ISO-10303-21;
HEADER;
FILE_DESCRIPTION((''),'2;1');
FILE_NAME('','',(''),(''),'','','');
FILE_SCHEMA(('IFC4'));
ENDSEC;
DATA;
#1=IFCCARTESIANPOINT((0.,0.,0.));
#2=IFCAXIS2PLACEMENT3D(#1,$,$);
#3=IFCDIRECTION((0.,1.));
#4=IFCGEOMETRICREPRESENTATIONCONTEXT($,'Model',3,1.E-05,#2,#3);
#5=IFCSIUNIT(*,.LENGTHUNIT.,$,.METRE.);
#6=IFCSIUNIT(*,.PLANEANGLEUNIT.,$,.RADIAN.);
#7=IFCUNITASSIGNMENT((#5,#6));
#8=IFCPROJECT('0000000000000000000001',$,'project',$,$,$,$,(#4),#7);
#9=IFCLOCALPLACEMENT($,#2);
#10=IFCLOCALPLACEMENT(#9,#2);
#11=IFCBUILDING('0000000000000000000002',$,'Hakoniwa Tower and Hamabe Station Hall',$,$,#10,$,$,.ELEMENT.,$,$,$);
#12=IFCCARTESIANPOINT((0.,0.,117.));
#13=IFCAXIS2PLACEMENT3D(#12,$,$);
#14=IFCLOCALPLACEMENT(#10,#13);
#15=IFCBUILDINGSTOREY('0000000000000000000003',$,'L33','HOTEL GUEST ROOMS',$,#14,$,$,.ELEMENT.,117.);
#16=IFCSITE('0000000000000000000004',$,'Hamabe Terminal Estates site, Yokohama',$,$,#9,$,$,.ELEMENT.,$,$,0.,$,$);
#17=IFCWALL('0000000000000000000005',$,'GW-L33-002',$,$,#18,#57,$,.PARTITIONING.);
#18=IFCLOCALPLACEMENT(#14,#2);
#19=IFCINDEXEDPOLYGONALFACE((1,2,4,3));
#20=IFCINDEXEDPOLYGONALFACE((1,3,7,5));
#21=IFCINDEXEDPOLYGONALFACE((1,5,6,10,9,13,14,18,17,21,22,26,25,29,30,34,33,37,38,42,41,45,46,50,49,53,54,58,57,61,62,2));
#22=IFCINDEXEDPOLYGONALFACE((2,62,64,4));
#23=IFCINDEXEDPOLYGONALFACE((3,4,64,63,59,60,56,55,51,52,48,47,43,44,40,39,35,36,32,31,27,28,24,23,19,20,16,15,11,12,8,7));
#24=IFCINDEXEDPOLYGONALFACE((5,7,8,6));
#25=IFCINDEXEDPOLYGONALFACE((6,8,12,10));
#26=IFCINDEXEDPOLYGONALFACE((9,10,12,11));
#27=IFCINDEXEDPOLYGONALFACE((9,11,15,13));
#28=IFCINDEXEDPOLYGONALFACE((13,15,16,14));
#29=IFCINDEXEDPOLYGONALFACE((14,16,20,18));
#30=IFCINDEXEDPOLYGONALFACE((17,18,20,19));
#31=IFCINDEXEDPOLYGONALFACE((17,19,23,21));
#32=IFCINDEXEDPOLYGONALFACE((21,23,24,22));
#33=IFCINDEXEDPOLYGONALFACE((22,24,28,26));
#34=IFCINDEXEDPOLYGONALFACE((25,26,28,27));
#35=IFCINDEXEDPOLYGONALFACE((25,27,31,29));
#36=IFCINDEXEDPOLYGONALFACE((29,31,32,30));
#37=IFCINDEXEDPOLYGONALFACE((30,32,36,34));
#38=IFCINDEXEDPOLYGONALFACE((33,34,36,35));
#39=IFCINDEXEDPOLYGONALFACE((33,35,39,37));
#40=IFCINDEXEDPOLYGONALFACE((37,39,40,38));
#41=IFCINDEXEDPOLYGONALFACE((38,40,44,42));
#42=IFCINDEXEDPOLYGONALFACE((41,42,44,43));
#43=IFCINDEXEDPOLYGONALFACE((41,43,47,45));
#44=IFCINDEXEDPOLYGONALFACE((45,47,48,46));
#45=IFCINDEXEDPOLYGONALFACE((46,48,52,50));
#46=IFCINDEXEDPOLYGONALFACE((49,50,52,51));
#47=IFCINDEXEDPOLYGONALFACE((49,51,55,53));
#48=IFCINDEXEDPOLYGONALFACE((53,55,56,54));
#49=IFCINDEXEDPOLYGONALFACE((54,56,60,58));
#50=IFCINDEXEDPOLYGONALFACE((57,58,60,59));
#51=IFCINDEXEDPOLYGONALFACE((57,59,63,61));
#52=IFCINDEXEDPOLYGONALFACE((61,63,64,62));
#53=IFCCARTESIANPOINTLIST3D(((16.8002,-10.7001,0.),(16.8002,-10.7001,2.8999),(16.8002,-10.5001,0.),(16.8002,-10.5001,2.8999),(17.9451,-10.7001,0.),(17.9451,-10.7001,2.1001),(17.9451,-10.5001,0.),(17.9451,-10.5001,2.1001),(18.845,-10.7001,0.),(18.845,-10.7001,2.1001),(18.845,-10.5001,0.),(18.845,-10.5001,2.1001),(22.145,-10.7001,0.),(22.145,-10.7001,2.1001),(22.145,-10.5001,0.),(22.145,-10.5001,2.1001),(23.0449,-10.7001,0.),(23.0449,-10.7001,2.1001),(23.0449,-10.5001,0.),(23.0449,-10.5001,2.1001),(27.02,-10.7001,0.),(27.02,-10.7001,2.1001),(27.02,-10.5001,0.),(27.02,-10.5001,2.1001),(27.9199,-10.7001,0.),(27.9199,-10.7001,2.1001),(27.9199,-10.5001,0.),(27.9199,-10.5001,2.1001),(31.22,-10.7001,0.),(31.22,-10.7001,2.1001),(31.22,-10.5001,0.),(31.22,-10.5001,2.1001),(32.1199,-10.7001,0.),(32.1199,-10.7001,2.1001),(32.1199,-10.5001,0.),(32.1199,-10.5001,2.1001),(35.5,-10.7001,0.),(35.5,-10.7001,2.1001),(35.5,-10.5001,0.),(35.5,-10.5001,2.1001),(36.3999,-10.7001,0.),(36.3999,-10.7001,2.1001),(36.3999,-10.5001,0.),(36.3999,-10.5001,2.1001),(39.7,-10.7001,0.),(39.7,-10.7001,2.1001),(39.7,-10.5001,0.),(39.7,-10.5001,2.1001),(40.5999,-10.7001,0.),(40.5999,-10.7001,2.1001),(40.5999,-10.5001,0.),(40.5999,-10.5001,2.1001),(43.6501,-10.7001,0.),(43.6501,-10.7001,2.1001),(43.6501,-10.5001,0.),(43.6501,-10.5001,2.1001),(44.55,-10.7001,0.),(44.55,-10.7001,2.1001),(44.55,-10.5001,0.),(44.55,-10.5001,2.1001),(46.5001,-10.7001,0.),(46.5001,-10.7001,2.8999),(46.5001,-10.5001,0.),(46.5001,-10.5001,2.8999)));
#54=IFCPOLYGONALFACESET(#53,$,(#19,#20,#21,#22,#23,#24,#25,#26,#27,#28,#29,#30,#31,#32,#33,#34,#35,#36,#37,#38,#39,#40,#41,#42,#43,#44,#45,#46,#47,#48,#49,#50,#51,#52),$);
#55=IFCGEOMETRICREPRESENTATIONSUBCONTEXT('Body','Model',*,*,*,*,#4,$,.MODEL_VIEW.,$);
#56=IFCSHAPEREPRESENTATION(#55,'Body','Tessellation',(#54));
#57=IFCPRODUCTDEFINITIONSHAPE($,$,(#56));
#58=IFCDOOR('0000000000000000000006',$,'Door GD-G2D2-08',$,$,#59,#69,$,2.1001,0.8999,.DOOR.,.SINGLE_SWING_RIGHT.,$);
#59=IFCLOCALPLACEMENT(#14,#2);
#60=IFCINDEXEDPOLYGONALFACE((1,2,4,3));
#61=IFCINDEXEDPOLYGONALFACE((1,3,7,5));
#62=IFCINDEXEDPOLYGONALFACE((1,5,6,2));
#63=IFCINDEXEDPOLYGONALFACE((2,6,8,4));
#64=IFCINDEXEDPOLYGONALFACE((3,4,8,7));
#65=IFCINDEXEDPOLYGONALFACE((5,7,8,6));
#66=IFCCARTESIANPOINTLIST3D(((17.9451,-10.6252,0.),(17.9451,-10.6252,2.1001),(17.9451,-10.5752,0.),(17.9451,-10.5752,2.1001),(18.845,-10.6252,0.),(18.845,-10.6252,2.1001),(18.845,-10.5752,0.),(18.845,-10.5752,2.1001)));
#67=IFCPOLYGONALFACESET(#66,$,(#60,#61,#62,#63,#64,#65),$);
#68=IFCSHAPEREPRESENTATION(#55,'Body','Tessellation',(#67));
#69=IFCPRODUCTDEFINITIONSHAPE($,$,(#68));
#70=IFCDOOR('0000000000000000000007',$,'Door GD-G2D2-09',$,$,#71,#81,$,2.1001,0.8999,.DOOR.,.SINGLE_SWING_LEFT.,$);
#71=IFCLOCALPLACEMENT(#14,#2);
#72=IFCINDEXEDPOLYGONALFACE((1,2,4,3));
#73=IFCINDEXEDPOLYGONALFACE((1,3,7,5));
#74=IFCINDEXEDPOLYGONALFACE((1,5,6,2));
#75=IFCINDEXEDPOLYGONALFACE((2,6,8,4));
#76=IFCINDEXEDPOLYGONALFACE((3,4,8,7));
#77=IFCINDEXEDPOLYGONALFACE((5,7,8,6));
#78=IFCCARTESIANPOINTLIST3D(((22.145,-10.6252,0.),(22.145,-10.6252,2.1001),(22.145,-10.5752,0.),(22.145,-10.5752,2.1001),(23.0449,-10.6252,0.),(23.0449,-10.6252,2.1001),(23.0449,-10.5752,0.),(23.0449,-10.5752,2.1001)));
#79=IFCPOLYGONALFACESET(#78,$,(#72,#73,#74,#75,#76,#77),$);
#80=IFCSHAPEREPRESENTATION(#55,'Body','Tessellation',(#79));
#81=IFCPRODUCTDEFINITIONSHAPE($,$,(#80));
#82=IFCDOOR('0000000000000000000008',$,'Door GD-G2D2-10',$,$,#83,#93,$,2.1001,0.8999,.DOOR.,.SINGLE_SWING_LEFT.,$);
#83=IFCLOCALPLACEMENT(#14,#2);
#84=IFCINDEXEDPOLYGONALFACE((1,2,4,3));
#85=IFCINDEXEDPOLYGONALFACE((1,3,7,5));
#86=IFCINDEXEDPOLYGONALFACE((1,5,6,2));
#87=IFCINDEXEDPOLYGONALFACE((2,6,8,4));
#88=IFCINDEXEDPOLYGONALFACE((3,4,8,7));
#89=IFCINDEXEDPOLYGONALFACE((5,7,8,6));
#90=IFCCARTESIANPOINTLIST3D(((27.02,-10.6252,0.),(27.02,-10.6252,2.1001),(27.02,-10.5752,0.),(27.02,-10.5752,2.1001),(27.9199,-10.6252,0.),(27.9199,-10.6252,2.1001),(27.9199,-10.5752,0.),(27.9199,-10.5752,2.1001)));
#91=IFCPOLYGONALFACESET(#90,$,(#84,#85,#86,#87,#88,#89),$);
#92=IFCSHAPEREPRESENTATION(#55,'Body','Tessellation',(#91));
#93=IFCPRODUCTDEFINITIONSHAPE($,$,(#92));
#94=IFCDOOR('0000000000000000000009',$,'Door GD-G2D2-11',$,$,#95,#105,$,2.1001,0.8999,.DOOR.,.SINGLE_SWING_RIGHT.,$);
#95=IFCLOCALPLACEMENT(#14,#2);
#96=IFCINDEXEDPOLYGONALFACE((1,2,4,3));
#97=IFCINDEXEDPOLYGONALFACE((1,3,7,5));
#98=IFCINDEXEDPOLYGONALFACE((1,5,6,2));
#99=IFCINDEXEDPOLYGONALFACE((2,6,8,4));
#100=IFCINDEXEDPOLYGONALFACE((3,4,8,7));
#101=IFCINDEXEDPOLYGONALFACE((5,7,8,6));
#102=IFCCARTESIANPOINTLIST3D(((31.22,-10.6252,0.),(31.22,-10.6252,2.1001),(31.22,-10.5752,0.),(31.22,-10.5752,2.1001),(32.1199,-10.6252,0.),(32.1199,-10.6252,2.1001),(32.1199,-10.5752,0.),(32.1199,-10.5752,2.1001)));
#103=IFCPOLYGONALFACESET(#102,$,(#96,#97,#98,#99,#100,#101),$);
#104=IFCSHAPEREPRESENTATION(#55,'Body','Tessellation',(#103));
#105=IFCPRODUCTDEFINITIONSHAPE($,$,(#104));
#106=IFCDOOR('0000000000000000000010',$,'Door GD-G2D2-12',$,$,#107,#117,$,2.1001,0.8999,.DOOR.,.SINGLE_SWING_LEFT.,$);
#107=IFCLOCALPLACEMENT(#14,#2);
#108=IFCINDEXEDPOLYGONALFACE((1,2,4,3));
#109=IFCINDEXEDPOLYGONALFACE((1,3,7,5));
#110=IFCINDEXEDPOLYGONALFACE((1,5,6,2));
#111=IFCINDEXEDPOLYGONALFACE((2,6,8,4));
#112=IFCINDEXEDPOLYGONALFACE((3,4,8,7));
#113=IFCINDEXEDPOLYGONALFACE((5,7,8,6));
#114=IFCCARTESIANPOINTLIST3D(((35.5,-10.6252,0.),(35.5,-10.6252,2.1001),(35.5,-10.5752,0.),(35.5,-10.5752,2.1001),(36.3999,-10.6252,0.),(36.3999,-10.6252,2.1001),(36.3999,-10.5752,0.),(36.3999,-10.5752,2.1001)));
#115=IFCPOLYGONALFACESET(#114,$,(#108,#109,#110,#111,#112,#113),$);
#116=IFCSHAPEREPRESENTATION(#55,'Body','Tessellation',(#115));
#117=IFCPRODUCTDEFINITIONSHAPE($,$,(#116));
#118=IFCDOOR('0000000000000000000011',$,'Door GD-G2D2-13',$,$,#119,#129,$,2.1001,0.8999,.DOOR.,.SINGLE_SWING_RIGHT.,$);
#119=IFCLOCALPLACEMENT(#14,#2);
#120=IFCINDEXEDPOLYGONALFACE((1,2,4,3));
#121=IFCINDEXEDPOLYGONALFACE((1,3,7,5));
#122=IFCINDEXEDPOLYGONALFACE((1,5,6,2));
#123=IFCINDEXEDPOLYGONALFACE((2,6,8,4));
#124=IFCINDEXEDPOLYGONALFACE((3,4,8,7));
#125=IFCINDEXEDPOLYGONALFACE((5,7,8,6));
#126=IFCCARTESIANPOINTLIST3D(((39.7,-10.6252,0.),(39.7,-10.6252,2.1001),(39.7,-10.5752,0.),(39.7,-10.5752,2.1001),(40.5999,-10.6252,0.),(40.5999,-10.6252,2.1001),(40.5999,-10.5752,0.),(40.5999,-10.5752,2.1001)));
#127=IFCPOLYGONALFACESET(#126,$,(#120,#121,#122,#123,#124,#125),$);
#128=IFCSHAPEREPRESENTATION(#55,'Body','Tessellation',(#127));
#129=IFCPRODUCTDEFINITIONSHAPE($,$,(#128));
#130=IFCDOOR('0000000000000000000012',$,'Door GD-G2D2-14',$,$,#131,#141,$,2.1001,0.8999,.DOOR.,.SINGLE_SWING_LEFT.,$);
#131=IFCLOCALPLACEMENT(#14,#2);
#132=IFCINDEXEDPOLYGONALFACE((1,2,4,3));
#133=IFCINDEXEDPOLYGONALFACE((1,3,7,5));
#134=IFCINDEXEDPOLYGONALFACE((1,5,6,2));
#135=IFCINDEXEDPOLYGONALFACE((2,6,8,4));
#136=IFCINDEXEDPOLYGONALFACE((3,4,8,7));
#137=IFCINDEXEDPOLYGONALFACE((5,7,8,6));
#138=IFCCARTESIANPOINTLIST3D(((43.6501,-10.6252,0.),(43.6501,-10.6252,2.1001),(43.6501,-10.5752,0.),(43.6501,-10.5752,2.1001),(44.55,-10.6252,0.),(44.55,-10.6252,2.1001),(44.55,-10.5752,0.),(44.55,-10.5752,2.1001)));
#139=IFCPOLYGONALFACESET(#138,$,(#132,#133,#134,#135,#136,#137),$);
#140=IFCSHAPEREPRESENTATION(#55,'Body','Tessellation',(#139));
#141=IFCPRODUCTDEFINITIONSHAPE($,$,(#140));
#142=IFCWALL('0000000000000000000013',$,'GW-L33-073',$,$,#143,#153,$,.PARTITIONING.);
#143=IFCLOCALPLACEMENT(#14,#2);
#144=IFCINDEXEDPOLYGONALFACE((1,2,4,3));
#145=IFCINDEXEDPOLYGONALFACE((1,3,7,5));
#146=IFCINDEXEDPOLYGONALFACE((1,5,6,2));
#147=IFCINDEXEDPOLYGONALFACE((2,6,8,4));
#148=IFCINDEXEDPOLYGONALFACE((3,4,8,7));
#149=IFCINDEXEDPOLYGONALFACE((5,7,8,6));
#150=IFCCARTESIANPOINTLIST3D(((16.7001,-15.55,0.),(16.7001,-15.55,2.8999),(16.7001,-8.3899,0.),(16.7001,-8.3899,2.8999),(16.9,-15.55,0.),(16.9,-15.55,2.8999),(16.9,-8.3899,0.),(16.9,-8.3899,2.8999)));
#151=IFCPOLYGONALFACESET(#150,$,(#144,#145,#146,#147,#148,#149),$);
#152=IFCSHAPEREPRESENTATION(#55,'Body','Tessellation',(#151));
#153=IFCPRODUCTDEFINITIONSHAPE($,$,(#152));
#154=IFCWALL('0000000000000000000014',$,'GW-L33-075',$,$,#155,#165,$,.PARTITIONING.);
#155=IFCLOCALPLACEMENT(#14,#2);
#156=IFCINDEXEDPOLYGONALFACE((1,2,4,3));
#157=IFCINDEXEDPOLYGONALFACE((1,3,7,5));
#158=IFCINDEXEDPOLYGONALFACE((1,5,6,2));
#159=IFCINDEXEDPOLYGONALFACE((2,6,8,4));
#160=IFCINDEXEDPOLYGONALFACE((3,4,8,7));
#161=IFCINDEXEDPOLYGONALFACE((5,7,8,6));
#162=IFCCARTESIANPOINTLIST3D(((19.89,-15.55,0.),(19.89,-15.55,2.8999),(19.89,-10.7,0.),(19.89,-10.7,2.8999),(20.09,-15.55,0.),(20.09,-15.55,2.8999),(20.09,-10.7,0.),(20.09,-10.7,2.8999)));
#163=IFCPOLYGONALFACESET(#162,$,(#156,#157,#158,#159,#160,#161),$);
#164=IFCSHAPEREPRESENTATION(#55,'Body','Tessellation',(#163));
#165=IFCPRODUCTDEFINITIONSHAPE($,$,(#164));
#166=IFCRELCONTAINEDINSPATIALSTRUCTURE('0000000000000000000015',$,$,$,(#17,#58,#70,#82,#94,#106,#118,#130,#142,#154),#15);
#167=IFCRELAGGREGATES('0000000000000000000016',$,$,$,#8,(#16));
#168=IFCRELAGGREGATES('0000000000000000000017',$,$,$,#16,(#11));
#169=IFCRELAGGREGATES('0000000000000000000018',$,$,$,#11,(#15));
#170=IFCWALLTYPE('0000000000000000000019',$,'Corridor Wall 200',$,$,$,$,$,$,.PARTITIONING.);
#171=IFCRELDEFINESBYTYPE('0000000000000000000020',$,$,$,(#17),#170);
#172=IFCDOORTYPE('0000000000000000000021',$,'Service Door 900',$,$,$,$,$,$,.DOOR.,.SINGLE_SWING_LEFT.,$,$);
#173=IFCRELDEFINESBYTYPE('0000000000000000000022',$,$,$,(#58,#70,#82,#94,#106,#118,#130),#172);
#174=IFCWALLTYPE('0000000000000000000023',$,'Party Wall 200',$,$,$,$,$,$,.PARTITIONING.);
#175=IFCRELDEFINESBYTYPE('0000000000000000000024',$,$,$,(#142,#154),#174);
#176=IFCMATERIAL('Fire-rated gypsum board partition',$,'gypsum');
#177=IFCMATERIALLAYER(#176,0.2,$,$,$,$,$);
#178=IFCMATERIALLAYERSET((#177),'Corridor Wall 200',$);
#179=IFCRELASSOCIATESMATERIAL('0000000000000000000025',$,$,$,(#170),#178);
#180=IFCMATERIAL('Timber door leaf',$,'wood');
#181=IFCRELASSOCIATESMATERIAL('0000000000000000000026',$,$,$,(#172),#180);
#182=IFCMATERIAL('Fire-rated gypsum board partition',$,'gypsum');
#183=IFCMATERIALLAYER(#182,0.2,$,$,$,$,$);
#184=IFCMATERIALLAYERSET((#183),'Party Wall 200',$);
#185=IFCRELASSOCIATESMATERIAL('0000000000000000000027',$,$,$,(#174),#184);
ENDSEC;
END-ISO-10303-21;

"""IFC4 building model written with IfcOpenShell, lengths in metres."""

from ifc_helpers import new_model, si_unit, direction, frame, frame_2d, origin, place, context, subcontext, project, spatial, rectangle, extrude, material, layer, layer_set, type_object, element, fill, save


model = new_model("IFC4")

# Units and contexts
model_context = context("Model", 3, precision=1e-05, world=origin(), true_north=direction((0.0, 1.0)))
body_context = subcontext(model_context, "Body", "Model", "MODEL_VIEW")
ifc_project = project(units=[si_unit("LENGTHUNIT", "METRE"), si_unit("PLANEANGLEUNIT", "RADIAN")], contexts=[model_context])

# Site, building, storey
site_placement = place(None, origin())
site = spatial("IfcSite", under=ifc_project, at=site_placement, Name="Hamabe Terminal Estates site, Yokohama", CompositionType="ELEMENT", RefElevation=0.0)
building_placement = place(site_placement, origin())
building = spatial("IfcBuilding", under=site, at=building_placement, Name="Hakoniwa Tower and Hamabe Station Hall", CompositionType="ELEMENT")
storey_placement = place(building_placement, frame((0.0, 0.0, 117.0)))
storey = spatial("IfcBuildingStorey", under=building, at=storey_placement, Name="L33", Description="HOTEL GUEST ROOMS", CompositionType="ELEMENT", Elevation=117.0)

# Wall, openings, doors
ifc_material_1 = material(Name="Fire-rated gypsum board partition", Category="gypsum")
ifc_layer_1 = layer(ifc_material_1, 0.2)
ifc_layer_set_1 = layer_set([ifc_layer_1], Name="Corridor Wall 200")
wall_type_1 = type_object("IfcWallType", Name="Corridor Wall 200", PredefinedType="PARTITIONING", material=ifc_layer_set_1)
wall_1_placement = place(storey_placement, frame((16.8, -10.6001, 0.0), z_axis=(0.0, 0.0, 1.0), x_axis=(1.0, 0.0, 0.0)))
wall_1 = element("IfcWall", 1, at=wall_1_placement, inside=storey, type_object=wall_type_1, Name="GW-L33-002", PredefinedType="PARTITIONING", context=body_context, shape_type="SweptSolid", body=[
    extrude(rectangle(XDim=29.7, YDim=0.2, at=frame_2d((14.8501, 0.0))), origin(), (0.0, 0.0, 1.0), 2.8999),
])
opening_1_placement = place(wall_1_placement, frame((1.145, 0.0, 0.0)))
opening_1 = element("IfcOpeningElement", 2, at=opening_1_placement, cuts=wall_1, PredefinedType="OPENING", context=body_context, shape_type="SweptSolid", body=[
    extrude(rectangle(XDim=0.8999, YDim=2.1001, at=frame_2d((0.45, 1.05))), frame((0.0, 0.1099, 0.0), z_axis=(0.0, -1.0, 0.0), x_axis=(1.0, 0.0, 0.0)), (0.0, 0.0, 1.0), 0.22),
])
opening_2_placement = place(wall_1_placement, frame((5.345, 0.0, 0.0)))
opening_2 = element("IfcOpeningElement", 3, at=opening_2_placement, cuts=wall_1, PredefinedType="OPENING", context=body_context, shape_type="SweptSolid", body=[
    extrude(rectangle(XDim=0.8999, YDim=2.1001, at=frame_2d((0.45, 1.05))), frame((0.0, 0.1099, 0.0), z_axis=(0.0, -1.0, 0.0), x_axis=(1.0, 0.0, 0.0)), (0.0, 0.0, 1.0), 0.22),
])
opening_3_placement = place(wall_1_placement, frame((10.22, 0.0, 0.0)))
opening_3 = element("IfcOpeningElement", 4, at=opening_3_placement, cuts=wall_1, PredefinedType="OPENING", context=body_context, shape_type="SweptSolid", body=[
    extrude(rectangle(XDim=0.8999, YDim=2.1001, at=frame_2d((0.45, 1.05))), frame((0.0, 0.1099, 0.0), z_axis=(0.0, -1.0, 0.0), x_axis=(1.0, 0.0, 0.0)), (0.0, 0.0, 1.0), 0.22),
])
opening_4_placement = place(wall_1_placement, frame((14.4199, 0.0, 0.0)))
opening_4 = element("IfcOpeningElement", 5, at=opening_4_placement, cuts=wall_1, PredefinedType="OPENING", context=body_context, shape_type="SweptSolid", body=[
    extrude(rectangle(XDim=0.8999, YDim=2.1001, at=frame_2d((0.45, 1.05))), frame((0.0, 0.1099, 0.0), z_axis=(0.0, -1.0, 0.0), x_axis=(1.0, 0.0, 0.0)), (0.0, 0.0, 1.0), 0.22),
])
opening_5_placement = place(wall_1_placement, frame((18.7, 0.0, 0.0)))
opening_5 = element("IfcOpeningElement", 6, at=opening_5_placement, cuts=wall_1, PredefinedType="OPENING", context=body_context, shape_type="SweptSolid", body=[
    extrude(rectangle(XDim=0.8999, YDim=2.1001, at=frame_2d((0.45, 1.05))), frame((0.0, 0.1099, 0.0), z_axis=(0.0, -1.0, 0.0), x_axis=(1.0, 0.0, 0.0)), (0.0, 0.0, 1.0), 0.22),
])
opening_6_placement = place(wall_1_placement, frame((22.8999, 0.0, 0.0)))
opening_6 = element("IfcOpeningElement", 7, at=opening_6_placement, cuts=wall_1, PredefinedType="OPENING", context=body_context, shape_type="SweptSolid", body=[
    extrude(rectangle(XDim=0.8999, YDim=2.1001, at=frame_2d((0.45, 1.05))), frame((0.0, 0.1099, 0.0), z_axis=(0.0, -1.0, 0.0), x_axis=(1.0, 0.0, 0.0)), (0.0, 0.0, 1.0), 0.22),
])
opening_7_placement = place(wall_1_placement, frame((26.8501, 0.0, 0.0)))
opening_7 = element("IfcOpeningElement", 8, at=opening_7_placement, cuts=wall_1, PredefinedType="OPENING", context=body_context, shape_type="SweptSolid", body=[
    extrude(rectangle(XDim=0.8999, YDim=2.1001, at=frame_2d((0.45, 1.05))), frame((0.0, 0.1099, 0.0), z_axis=(0.0, -1.0, 0.0), x_axis=(1.0, 0.0, 0.0)), (0.0, 0.0, 1.0), 0.22),
])
ifc_material_2 = material(Name="Timber door leaf", Category="wood")
door_type_1 = type_object("IfcDoorType", Name="Service Door 900", OperationType="SINGLE_SWING_LEFT", PredefinedType="DOOR", material=ifc_material_2)
door_1_placement = place(opening_1_placement, origin())
door_1 = element("IfcDoor", 9, at=door_1_placement, inside=storey, type_object=door_type_1, Name="Door GD-G2D2-08", OperationType="SINGLE_SWING_RIGHT", OverallHeight=2.1001, OverallWidth=0.8999, PredefinedType="DOOR", context=body_context, shape_type="SweptSolid", body=[
    extrude(rectangle(XDim=0.8999, YDim=2.1001, at=frame_2d((0.45, 1.05))), frame((0.0, 0.0249, 0.0), z_axis=(0.0, -1.0, 0.0), x_axis=(1.0, 0.0, 0.0)), (0.0, 0.0, 1.0), 0.05),
])
fill(opening_1, door_1)
door_2_placement = place(opening_2_placement, origin())
door_2 = element("IfcDoor", 10, at=door_2_placement, inside=storey, type_object=door_type_1, Name="Door GD-G2D2-09", OperationType="SINGLE_SWING_LEFT", OverallHeight=2.1001, OverallWidth=0.8999, PredefinedType="DOOR", context=body_context, shape_type="SweptSolid", body=[
    extrude(rectangle(XDim=0.8999, YDim=2.1001, at=frame_2d((0.45, 1.05))), frame((0.0, 0.0249, 0.0), z_axis=(0.0, -1.0, 0.0), x_axis=(1.0, 0.0, 0.0)), (0.0, 0.0, 1.0), 0.05),
])
fill(opening_2, door_2)
door_3_placement = place(opening_3_placement, origin())
door_3 = element("IfcDoor", 11, at=door_3_placement, inside=storey, type_object=door_type_1, Name="Door GD-G2D2-10", OperationType="SINGLE_SWING_LEFT", OverallHeight=2.1001, OverallWidth=0.8999, PredefinedType="DOOR", context=body_context, shape_type="SweptSolid", body=[
    extrude(rectangle(XDim=0.8999, YDim=2.1001, at=frame_2d((0.45, 1.05))), frame((0.0, 0.0249, 0.0), z_axis=(0.0, -1.0, 0.0), x_axis=(1.0, 0.0, 0.0)), (0.0, 0.0, 1.0), 0.05),
])
fill(opening_3, door_3)
door_4_placement = place(opening_4_placement, origin())
door_4 = element("IfcDoor", 12, at=door_4_placement, inside=storey, type_object=door_type_1, Name="Door GD-G2D2-11", OperationType="SINGLE_SWING_RIGHT", OverallHeight=2.1001, OverallWidth=0.8999, PredefinedType="DOOR", context=body_context, shape_type="SweptSolid", body=[
    extrude(rectangle(XDim=0.8999, YDim=2.1001, at=frame_2d((0.45, 1.05))), frame((0.0, 0.0249, 0.0), z_axis=(0.0, -1.0, 0.0), x_axis=(1.0, 0.0, 0.0)), (0.0, 0.0, 1.0), 0.05),
])
fill(opening_4, door_4)
door_5_placement = place(opening_5_placement, origin())
door_5 = element("IfcDoor", 13, at=door_5_placement, inside=storey, type_object=door_type_1, Name="Door GD-G2D2-12", OperationType="SINGLE_SWING_LEFT", OverallHeight=2.1001, OverallWidth=0.8999, PredefinedType="DOOR", context=body_context, shape_type="SweptSolid", body=[
    extrude(rectangle(XDim=0.8999, YDim=2.1001, at=frame_2d((0.45, 1.05))), frame((0.0, 0.0249, 0.0), z_axis=(0.0, -1.0, 0.0), x_axis=(1.0, 0.0, 0.0)), (0.0, 0.0, 1.0), 0.05),
])
fill(opening_5, door_5)
door_6_placement = place(opening_6_placement, origin())
door_6 = element("IfcDoor", 14, at=door_6_placement, inside=storey, type_object=door_type_1, Name="Door GD-G2D2-13", OperationType="SINGLE_SWING_RIGHT", OverallHeight=2.1001, OverallWidth=0.8999, PredefinedType="DOOR", context=body_context, shape_type="SweptSolid", body=[
    extrude(rectangle(XDim=0.8999, YDim=2.1001, at=frame_2d((0.45, 1.05))), frame((0.0, 0.0249, 0.0), z_axis=(0.0, -1.0, 0.0), x_axis=(1.0, 0.0, 0.0)), (0.0, 0.0, 1.0), 0.05),
])
fill(opening_6, door_6)
door_7_placement = place(opening_7_placement, origin())
door_7 = element("IfcDoor", 15, at=door_7_placement, inside=storey, type_object=door_type_1, Name="Door GD-G2D2-14", OperationType="SINGLE_SWING_LEFT", OverallHeight=2.1001, OverallWidth=0.8999, PredefinedType="DOOR", context=body_context, shape_type="SweptSolid", body=[
    extrude(rectangle(XDim=0.8999, YDim=2.1001, at=frame_2d((0.45, 1.05))), frame((0.0, 0.0249, 0.0), z_axis=(0.0, -1.0, 0.0), x_axis=(1.0, 0.0, 0.0)), (0.0, 0.0, 1.0), 0.05),
])
fill(opening_7, door_7)

# Walls
ifc_material_3 = material(Name="Fire-rated gypsum board partition", Category="gypsum")
ifc_layer_2 = layer(ifc_material_3, 0.2)
ifc_layer_set_2 = layer_set([ifc_layer_2], Name="Party Wall 200")
wall_type_2 = type_object("IfcWallType", Name="Party Wall 200", PredefinedType="PARTITIONING", material=ifc_layer_set_2)
wall_2_placement = place(storey_placement, frame((16.8, -15.55, 0.0), z_axis=(0.0, 0.0, 1.0), x_axis=(0.0, 1.0, 0.0)))
element("IfcWall", 16, at=wall_2_placement, inside=storey, type_object=wall_type_2, Name="GW-L33-073", PredefinedType="PARTITIONING", context=body_context, shape_type="SweptSolid", body=[
    extrude(rectangle(XDim=7.1602, YDim=0.2, at=frame_2d((3.5801, 0.0))), origin(), (0.0, 0.0, 1.0), 2.8999),
])
wall_3_placement = place(storey_placement, frame((19.99, -15.55, 0.0), z_axis=(0.0, 0.0, 1.0), x_axis=(0.0, 1.0, 0.0)))
element("IfcWall", 17, at=wall_3_placement, inside=storey, type_object=wall_type_2, Name="GW-L33-075", PredefinedType="PARTITIONING", context=body_context, shape_type="SweptSolid", body=[
    extrude(rectangle(XDim=4.8501, YDim=0.2, at=frame_2d((2.425, 0.0))), origin(), (0.0, 0.0, 1.0), 2.8999),
])

save(model, "model.ifc")
